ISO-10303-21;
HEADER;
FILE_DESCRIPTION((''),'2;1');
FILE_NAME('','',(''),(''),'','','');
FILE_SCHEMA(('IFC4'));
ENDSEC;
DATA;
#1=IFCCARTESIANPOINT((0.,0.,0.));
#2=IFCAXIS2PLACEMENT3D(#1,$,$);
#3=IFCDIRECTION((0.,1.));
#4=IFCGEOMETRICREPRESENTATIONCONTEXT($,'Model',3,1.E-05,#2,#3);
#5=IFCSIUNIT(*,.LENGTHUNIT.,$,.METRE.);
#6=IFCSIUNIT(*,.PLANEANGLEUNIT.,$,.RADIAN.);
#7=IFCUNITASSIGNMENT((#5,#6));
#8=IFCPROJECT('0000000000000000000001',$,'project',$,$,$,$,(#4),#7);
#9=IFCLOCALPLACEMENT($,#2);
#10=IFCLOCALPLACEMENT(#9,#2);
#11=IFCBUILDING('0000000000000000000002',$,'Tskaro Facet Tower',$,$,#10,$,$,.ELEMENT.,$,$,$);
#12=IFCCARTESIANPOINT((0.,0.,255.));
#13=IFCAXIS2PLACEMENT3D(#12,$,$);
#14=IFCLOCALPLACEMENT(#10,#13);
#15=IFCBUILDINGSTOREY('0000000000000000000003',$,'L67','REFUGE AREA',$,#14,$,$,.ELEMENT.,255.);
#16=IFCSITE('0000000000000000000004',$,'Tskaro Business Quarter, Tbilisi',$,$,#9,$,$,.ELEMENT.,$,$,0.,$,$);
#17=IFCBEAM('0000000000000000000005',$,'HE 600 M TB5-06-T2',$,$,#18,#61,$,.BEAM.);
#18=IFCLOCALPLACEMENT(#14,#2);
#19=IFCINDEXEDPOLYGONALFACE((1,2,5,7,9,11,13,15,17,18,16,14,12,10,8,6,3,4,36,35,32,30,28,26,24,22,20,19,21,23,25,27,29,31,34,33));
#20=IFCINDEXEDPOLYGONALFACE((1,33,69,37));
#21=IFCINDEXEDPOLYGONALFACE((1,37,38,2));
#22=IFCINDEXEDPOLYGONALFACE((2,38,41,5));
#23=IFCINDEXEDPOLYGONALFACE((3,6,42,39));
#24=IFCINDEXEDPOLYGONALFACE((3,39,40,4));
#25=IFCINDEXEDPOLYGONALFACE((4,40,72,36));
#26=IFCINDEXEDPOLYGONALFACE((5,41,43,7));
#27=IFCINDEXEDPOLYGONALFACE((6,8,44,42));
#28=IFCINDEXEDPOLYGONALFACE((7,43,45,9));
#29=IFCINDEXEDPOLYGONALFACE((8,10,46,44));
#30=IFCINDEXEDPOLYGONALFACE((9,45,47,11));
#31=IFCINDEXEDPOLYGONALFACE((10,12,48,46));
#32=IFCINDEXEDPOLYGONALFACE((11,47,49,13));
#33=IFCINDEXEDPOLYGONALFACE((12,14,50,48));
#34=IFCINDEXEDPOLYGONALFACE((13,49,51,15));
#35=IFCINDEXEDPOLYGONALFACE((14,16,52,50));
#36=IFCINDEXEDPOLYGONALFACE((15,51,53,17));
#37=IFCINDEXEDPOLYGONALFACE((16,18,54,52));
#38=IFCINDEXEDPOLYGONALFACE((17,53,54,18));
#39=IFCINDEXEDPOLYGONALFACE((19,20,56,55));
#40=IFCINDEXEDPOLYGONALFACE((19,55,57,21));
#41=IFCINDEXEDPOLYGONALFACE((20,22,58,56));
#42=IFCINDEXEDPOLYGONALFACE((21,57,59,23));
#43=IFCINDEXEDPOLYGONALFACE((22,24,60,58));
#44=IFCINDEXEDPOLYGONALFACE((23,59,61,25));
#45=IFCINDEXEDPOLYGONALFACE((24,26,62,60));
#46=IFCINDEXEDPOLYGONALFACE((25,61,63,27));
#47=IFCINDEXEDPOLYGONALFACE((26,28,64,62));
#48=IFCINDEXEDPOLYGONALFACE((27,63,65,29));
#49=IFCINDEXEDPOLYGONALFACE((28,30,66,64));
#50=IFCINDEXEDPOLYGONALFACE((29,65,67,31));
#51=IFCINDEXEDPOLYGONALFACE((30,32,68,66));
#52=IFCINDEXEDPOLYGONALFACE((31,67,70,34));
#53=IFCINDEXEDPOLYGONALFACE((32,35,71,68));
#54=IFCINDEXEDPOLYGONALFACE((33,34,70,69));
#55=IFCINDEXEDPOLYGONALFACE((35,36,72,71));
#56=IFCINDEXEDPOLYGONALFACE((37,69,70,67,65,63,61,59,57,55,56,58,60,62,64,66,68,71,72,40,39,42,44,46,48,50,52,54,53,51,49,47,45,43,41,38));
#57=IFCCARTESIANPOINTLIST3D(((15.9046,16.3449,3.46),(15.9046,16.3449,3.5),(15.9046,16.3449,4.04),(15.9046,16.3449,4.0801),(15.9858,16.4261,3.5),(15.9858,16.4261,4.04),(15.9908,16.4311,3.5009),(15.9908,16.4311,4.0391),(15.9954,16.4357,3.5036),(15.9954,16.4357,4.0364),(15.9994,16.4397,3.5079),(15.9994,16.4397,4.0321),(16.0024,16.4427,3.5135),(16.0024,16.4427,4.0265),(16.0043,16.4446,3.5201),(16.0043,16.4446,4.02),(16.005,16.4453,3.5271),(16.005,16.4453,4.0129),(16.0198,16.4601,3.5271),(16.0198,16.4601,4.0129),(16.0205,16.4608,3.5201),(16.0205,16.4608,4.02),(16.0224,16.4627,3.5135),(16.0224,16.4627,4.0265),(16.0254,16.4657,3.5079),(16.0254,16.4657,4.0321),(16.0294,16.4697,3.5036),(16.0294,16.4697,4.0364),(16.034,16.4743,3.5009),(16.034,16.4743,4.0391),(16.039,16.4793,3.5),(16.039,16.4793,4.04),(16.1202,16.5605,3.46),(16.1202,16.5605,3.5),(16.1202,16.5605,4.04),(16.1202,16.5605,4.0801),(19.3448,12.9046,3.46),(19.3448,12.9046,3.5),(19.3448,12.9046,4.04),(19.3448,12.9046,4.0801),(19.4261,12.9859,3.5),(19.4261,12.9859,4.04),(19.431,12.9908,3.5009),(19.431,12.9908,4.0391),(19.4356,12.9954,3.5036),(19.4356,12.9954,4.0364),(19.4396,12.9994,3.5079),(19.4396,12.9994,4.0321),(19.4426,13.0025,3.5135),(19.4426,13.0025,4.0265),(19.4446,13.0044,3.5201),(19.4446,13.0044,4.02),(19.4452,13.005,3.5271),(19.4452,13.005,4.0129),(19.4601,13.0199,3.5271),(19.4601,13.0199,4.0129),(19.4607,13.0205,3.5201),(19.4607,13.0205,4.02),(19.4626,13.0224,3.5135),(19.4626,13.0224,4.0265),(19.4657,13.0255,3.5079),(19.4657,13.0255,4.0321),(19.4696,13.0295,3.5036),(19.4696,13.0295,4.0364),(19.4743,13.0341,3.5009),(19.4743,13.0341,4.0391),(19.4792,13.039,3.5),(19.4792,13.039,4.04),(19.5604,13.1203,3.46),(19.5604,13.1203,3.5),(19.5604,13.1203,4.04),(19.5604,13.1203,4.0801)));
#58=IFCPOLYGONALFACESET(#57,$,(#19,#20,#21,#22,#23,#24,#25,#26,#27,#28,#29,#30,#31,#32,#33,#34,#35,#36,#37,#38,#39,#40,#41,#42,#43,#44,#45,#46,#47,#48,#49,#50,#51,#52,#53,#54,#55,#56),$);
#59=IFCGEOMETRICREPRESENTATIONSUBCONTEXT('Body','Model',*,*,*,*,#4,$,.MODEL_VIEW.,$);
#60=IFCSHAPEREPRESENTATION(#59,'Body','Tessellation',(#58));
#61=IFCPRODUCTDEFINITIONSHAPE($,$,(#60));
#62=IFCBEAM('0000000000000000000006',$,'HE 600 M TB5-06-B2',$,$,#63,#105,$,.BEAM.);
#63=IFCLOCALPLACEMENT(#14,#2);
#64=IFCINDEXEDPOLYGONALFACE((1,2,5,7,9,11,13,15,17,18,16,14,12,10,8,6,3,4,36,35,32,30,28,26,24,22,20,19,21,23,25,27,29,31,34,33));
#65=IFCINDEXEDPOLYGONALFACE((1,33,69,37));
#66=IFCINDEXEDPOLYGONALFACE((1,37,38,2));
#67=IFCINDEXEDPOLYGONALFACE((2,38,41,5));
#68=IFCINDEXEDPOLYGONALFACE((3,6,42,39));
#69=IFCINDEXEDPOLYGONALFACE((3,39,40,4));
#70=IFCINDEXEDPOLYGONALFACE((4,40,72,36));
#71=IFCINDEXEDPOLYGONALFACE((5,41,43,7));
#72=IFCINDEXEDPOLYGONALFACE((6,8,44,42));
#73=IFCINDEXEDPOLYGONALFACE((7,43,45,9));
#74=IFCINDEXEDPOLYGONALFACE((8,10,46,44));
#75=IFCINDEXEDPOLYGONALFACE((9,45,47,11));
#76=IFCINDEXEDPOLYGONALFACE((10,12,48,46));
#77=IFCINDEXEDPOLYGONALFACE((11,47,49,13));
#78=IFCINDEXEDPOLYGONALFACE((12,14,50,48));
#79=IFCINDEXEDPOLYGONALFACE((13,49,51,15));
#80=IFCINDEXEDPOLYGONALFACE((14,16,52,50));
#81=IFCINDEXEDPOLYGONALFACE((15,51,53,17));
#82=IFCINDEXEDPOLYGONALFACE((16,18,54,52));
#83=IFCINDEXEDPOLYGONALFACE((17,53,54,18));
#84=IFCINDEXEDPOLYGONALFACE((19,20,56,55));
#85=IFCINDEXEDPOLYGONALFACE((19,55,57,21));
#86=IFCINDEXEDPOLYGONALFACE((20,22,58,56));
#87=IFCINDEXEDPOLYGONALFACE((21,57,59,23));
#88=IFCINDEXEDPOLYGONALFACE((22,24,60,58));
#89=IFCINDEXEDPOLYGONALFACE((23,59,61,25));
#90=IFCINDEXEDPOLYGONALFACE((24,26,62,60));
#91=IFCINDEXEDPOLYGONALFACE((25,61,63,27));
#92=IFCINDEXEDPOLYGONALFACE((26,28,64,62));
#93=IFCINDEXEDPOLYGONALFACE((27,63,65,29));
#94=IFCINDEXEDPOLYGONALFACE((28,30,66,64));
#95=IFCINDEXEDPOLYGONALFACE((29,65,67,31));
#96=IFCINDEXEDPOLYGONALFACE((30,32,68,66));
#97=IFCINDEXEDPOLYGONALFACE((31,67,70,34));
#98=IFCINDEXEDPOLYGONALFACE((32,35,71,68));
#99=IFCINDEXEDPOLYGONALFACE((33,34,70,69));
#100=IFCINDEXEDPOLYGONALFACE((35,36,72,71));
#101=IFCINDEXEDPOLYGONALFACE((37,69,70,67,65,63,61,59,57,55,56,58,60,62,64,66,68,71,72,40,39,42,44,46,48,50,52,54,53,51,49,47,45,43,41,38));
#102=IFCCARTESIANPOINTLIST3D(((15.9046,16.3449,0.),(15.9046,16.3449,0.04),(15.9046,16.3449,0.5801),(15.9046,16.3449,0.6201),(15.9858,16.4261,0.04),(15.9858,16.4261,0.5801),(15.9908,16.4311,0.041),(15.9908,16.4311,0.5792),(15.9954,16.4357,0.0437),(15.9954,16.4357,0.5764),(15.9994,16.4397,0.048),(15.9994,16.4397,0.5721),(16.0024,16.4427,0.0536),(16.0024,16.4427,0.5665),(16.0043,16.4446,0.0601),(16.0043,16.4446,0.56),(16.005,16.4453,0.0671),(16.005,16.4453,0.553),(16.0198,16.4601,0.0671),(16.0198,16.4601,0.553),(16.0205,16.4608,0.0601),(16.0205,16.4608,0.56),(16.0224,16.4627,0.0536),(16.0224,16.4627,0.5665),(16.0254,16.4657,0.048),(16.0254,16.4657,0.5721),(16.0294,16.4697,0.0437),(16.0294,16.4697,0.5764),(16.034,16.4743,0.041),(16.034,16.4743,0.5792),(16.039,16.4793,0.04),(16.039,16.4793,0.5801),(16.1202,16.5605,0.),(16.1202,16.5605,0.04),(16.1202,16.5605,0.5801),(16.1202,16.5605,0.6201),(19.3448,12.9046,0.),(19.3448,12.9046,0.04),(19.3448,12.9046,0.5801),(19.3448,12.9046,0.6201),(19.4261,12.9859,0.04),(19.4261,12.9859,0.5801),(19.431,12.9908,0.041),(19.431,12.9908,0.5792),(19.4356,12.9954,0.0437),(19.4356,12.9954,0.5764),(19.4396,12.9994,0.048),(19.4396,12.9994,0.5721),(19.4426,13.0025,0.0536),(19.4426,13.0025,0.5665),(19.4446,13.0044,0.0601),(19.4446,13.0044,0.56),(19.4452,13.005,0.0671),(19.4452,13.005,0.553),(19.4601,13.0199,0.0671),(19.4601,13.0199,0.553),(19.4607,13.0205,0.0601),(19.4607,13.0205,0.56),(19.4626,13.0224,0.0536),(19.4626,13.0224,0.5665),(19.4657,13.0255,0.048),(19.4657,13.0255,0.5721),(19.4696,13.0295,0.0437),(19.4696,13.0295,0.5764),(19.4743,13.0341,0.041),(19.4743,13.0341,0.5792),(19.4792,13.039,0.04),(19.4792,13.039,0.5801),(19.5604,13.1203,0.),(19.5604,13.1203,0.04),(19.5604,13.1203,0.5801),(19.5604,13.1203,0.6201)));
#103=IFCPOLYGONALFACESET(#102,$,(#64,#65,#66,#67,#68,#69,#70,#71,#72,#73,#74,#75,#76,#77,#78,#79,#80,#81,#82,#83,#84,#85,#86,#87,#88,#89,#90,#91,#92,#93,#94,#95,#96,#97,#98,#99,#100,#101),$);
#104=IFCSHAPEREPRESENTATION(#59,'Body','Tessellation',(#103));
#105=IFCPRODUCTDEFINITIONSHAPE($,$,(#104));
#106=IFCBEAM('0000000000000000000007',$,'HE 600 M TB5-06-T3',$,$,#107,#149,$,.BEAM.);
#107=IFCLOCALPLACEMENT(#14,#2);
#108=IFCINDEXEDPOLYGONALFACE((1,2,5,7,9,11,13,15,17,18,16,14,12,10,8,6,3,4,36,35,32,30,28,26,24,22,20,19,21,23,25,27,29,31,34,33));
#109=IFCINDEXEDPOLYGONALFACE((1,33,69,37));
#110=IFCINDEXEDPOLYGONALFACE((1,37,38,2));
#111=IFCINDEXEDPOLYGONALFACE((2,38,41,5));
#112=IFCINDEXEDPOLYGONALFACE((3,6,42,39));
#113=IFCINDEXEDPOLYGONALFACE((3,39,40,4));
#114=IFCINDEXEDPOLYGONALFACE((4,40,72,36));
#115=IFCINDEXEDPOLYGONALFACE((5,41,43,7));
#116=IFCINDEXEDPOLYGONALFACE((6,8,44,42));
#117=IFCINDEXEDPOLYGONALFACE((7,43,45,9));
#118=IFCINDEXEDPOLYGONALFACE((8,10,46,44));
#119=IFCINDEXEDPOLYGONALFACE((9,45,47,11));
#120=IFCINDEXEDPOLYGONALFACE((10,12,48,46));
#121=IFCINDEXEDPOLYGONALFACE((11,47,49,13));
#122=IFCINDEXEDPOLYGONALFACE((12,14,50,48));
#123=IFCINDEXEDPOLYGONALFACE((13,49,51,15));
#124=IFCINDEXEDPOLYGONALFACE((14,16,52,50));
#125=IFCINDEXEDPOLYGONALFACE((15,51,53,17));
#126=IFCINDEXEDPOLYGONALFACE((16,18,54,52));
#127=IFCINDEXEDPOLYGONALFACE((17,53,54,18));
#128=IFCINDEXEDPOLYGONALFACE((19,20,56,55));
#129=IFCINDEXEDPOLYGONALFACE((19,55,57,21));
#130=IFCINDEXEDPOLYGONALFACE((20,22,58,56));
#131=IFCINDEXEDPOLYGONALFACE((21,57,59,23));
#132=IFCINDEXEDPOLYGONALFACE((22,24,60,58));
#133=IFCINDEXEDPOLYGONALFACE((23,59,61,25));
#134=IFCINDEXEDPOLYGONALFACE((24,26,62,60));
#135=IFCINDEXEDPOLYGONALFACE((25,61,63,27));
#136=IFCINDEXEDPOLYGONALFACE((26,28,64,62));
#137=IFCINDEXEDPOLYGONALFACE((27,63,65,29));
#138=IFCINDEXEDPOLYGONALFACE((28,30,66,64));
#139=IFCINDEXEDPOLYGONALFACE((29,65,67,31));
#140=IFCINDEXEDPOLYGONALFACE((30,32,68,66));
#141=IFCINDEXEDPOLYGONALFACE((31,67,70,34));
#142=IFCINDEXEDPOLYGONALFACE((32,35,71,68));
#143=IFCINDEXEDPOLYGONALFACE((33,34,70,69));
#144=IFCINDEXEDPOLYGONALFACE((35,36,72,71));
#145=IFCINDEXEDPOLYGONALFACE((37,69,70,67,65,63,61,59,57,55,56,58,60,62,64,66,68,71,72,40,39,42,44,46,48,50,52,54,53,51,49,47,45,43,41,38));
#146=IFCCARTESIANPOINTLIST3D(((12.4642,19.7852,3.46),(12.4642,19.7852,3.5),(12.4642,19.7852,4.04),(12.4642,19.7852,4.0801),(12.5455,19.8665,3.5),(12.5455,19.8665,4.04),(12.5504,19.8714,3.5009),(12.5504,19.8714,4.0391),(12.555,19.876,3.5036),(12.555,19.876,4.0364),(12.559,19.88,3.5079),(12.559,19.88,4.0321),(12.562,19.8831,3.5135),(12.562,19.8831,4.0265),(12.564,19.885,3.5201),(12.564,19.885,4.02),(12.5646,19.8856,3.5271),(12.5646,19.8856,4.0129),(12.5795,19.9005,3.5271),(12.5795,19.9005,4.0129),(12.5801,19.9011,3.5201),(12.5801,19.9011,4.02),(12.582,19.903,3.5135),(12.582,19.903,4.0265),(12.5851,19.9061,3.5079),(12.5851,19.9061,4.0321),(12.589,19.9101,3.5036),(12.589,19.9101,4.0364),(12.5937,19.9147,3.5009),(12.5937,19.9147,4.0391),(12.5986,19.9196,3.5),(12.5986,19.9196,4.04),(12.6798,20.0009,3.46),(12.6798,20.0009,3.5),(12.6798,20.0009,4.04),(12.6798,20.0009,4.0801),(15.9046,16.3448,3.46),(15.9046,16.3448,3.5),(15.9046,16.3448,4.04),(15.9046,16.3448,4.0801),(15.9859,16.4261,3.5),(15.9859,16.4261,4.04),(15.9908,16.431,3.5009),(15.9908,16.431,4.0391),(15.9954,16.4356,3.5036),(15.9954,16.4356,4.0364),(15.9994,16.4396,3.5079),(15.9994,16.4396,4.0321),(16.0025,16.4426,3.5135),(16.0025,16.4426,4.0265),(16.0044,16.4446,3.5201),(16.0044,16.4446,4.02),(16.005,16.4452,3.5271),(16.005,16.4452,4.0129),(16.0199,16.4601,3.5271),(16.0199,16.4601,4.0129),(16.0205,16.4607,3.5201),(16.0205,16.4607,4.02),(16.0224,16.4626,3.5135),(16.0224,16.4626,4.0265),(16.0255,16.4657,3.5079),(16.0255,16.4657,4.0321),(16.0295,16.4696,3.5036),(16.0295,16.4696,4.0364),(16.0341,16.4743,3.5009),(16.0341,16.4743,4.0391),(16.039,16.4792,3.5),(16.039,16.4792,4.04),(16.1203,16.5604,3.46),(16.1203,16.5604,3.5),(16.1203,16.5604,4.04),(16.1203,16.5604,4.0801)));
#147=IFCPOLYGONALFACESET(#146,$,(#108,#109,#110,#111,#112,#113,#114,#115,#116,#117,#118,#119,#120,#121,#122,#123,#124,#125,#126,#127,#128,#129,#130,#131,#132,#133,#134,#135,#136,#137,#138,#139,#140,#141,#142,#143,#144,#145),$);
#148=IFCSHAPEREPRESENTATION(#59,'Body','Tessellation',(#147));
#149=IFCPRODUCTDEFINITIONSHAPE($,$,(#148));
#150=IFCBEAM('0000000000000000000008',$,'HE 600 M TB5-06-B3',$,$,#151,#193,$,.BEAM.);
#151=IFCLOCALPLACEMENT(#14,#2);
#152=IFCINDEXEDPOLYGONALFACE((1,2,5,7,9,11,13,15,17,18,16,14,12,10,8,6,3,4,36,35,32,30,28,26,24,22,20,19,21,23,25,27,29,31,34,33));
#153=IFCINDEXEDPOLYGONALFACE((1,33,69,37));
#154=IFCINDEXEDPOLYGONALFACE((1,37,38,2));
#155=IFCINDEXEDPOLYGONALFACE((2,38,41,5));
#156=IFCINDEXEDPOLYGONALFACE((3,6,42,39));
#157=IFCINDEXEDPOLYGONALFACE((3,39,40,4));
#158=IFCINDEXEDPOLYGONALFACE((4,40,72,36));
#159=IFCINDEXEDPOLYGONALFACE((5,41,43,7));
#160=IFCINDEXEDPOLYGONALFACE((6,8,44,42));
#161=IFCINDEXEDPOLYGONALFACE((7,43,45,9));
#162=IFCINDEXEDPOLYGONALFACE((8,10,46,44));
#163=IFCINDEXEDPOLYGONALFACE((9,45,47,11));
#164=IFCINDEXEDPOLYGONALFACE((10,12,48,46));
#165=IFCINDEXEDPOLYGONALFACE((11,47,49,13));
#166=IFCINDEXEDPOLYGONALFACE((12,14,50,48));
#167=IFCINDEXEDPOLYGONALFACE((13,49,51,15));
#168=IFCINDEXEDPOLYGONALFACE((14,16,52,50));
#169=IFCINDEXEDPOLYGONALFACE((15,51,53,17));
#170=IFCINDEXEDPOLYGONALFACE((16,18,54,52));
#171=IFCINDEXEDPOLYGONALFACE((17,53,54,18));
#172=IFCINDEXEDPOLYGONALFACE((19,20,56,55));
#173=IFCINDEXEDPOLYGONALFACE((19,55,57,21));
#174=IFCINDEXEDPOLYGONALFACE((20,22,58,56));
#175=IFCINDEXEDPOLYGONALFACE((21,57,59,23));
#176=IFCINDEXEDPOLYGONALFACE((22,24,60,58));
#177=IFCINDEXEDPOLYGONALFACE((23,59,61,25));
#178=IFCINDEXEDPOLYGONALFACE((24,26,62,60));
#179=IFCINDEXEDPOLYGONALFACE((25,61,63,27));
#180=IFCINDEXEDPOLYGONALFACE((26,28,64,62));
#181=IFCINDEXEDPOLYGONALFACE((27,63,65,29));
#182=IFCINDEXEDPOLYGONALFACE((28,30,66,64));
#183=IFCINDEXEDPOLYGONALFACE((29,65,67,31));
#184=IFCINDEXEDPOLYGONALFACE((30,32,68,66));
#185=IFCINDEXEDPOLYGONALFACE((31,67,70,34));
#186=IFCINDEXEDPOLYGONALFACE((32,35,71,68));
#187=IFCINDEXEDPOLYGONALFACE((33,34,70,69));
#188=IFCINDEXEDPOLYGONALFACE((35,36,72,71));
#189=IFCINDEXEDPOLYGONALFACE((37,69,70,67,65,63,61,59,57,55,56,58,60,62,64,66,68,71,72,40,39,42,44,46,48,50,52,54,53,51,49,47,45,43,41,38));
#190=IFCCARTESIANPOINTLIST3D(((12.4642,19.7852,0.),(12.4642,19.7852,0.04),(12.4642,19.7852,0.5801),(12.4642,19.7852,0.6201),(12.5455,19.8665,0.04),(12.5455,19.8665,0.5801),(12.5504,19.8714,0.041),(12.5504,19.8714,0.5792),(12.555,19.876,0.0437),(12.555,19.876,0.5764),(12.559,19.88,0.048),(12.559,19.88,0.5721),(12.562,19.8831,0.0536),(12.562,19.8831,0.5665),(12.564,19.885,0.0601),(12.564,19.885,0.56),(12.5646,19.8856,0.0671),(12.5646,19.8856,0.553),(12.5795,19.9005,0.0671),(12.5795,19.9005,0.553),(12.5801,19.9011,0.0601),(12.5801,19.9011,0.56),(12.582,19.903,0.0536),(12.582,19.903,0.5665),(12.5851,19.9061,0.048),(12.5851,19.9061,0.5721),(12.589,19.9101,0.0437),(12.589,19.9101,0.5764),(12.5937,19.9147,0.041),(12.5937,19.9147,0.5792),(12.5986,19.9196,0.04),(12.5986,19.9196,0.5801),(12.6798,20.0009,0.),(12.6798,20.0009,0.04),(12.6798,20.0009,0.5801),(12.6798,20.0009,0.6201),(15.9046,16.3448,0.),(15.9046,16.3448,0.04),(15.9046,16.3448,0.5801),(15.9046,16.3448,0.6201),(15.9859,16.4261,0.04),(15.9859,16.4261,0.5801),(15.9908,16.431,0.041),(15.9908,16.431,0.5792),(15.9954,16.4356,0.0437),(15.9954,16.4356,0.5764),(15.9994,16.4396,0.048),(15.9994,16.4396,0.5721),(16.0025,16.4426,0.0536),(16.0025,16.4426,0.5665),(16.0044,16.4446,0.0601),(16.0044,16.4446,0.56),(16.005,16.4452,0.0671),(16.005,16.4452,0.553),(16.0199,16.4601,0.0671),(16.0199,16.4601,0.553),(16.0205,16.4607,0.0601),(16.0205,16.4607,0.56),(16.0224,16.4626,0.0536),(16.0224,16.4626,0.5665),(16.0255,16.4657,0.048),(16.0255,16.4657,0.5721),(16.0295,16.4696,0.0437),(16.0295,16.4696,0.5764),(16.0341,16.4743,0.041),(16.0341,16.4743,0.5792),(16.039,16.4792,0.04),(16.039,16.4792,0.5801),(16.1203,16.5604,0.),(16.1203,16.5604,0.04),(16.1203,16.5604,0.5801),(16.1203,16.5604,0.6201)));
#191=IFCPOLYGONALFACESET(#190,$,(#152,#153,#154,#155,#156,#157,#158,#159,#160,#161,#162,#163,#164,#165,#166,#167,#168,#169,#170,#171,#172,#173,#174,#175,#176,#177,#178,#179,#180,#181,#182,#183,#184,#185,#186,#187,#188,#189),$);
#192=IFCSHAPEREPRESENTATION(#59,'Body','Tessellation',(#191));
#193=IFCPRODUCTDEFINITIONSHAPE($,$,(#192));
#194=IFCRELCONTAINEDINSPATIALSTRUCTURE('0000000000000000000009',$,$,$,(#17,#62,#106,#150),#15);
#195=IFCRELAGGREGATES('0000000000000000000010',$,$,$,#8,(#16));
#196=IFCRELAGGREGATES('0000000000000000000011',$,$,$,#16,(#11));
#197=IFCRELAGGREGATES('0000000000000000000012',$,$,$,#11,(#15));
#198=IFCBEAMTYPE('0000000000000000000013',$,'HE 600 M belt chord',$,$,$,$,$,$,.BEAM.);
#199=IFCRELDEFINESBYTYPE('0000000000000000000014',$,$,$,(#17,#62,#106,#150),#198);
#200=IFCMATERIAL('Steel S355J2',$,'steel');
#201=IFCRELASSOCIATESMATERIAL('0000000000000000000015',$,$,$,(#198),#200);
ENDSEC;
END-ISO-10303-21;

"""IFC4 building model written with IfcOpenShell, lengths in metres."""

from ifc_helpers import new_model, si_unit, direction, frame, origin, origin_2d, place, context, subcontext, project, spatial, i_section, extrude, material, material_profile, profile_set, type_object, element, save


model = new_model("IFC4")

# Units and contexts
model_context = context("Model", 3, precision=1e-05, world=origin(), true_north=direction((0.0, 1.0)))
body_context = subcontext(model_context, "Body", "Model", "MODEL_VIEW")
ifc_project = project(units=[si_unit("LENGTHUNIT", "METRE"), si_unit("PLANEANGLEUNIT", "RADIAN")], contexts=[model_context])

# Site, building, storey
site_placement = place(None, origin())
site = spatial("IfcSite", under=ifc_project, at=site_placement, Name="Tskaro Business Quarter, Tbilisi", CompositionType="ELEMENT", RefElevation=0.0)
building_placement = place(site_placement, origin())
building = spatial("IfcBuilding", under=site, at=building_placement, Name="Tskaro Facet Tower", CompositionType="ELEMENT")
storey_placement = place(building_placement, frame((0.0, 0.0, 255.0)))
storey = spatial("IfcBuildingStorey", under=building, at=storey_placement, Name="L67", Description="REFUGE AREA", CompositionType="ELEMENT", Elevation=255.0)

# Shared definitions
ifc_material_1 = material(Name="Steel S355J2", Category="steel")

# Beams
ifc_material_profile_1 = material_profile(ifc_material_1, i_section(OverallWidth=0.3049, OverallDepth=0.6201, WebThickness=0.021, FlangeThickness=0.04, FilletRadius=0.0271, at=origin_2d()), Name="HE 600 M")
ifc_profile_set_1 = profile_set([ifc_material_profile_1], Name="Steel S355J2")
beam_type_1 = type_object("IfcBeamType", Name="HE 600 M belt chord", PredefinedType="BEAM", material=ifc_profile_set_1)
for number, where, z_axis, x_axis, name in (
    (1, (19.4526, 13.0125, 3.77), (-0.707107, 0.707107, 0.0), (-0.707107, -0.707107, 0.0), "HE 600 M TB5-06-T2"),
    (2, (19.4526, 13.0125, 0.3101), (-0.707107, 0.707107, 0.0), (-0.707107, -0.707107, 0.0), "HE 600 M TB5-06-B2"),
):
    element("IfcBeam", number, at=place(storey_placement, frame(where, z_axis=z_axis, x_axis=x_axis)), inside=storey, type_object=beam_type_1, Name=name, PredefinedType="BEAM", context=body_context, shape_type="SweptSolid", body=[
        extrude(i_section(OverallWidth=0.3049, OverallDepth=0.6201, WebThickness=0.021, FlangeThickness=0.04, FilletRadius=0.0271, at=origin_2d()), origin(), (0.0, 0.0, 1.0), 4.8652),
    ])
for number, where, z_axis, x_axis, name in (
    (3, (16.0125, 16.4526, 3.77), (-0.707107, 0.707107, 0.0), (-0.707107, -0.707107, 0.0), "HE 600 M TB5-06-T3"),
    (4, (16.0125, 16.4526, 0.3101), (-0.707107, 0.707107, 0.0), (-0.707107, -0.707107, 0.0), "HE 600 M TB5-06-B3"),
):
    element("IfcBeam", number, at=place(storey_placement, frame(where, z_axis=z_axis, x_axis=x_axis)), inside=storey, type_object=beam_type_1, Name=name, PredefinedType="BEAM", context=body_context, shape_type="SweptSolid", body=[
        extrude(i_section(OverallWidth=0.3049, OverallDepth=0.6201, WebThickness=0.021, FlangeThickness=0.04, FilletRadius=0.0271, at=origin_2d()), origin(), (0.0, 0.0, 1.0), 4.8655),
    ])

save(model, "model.ifc")
